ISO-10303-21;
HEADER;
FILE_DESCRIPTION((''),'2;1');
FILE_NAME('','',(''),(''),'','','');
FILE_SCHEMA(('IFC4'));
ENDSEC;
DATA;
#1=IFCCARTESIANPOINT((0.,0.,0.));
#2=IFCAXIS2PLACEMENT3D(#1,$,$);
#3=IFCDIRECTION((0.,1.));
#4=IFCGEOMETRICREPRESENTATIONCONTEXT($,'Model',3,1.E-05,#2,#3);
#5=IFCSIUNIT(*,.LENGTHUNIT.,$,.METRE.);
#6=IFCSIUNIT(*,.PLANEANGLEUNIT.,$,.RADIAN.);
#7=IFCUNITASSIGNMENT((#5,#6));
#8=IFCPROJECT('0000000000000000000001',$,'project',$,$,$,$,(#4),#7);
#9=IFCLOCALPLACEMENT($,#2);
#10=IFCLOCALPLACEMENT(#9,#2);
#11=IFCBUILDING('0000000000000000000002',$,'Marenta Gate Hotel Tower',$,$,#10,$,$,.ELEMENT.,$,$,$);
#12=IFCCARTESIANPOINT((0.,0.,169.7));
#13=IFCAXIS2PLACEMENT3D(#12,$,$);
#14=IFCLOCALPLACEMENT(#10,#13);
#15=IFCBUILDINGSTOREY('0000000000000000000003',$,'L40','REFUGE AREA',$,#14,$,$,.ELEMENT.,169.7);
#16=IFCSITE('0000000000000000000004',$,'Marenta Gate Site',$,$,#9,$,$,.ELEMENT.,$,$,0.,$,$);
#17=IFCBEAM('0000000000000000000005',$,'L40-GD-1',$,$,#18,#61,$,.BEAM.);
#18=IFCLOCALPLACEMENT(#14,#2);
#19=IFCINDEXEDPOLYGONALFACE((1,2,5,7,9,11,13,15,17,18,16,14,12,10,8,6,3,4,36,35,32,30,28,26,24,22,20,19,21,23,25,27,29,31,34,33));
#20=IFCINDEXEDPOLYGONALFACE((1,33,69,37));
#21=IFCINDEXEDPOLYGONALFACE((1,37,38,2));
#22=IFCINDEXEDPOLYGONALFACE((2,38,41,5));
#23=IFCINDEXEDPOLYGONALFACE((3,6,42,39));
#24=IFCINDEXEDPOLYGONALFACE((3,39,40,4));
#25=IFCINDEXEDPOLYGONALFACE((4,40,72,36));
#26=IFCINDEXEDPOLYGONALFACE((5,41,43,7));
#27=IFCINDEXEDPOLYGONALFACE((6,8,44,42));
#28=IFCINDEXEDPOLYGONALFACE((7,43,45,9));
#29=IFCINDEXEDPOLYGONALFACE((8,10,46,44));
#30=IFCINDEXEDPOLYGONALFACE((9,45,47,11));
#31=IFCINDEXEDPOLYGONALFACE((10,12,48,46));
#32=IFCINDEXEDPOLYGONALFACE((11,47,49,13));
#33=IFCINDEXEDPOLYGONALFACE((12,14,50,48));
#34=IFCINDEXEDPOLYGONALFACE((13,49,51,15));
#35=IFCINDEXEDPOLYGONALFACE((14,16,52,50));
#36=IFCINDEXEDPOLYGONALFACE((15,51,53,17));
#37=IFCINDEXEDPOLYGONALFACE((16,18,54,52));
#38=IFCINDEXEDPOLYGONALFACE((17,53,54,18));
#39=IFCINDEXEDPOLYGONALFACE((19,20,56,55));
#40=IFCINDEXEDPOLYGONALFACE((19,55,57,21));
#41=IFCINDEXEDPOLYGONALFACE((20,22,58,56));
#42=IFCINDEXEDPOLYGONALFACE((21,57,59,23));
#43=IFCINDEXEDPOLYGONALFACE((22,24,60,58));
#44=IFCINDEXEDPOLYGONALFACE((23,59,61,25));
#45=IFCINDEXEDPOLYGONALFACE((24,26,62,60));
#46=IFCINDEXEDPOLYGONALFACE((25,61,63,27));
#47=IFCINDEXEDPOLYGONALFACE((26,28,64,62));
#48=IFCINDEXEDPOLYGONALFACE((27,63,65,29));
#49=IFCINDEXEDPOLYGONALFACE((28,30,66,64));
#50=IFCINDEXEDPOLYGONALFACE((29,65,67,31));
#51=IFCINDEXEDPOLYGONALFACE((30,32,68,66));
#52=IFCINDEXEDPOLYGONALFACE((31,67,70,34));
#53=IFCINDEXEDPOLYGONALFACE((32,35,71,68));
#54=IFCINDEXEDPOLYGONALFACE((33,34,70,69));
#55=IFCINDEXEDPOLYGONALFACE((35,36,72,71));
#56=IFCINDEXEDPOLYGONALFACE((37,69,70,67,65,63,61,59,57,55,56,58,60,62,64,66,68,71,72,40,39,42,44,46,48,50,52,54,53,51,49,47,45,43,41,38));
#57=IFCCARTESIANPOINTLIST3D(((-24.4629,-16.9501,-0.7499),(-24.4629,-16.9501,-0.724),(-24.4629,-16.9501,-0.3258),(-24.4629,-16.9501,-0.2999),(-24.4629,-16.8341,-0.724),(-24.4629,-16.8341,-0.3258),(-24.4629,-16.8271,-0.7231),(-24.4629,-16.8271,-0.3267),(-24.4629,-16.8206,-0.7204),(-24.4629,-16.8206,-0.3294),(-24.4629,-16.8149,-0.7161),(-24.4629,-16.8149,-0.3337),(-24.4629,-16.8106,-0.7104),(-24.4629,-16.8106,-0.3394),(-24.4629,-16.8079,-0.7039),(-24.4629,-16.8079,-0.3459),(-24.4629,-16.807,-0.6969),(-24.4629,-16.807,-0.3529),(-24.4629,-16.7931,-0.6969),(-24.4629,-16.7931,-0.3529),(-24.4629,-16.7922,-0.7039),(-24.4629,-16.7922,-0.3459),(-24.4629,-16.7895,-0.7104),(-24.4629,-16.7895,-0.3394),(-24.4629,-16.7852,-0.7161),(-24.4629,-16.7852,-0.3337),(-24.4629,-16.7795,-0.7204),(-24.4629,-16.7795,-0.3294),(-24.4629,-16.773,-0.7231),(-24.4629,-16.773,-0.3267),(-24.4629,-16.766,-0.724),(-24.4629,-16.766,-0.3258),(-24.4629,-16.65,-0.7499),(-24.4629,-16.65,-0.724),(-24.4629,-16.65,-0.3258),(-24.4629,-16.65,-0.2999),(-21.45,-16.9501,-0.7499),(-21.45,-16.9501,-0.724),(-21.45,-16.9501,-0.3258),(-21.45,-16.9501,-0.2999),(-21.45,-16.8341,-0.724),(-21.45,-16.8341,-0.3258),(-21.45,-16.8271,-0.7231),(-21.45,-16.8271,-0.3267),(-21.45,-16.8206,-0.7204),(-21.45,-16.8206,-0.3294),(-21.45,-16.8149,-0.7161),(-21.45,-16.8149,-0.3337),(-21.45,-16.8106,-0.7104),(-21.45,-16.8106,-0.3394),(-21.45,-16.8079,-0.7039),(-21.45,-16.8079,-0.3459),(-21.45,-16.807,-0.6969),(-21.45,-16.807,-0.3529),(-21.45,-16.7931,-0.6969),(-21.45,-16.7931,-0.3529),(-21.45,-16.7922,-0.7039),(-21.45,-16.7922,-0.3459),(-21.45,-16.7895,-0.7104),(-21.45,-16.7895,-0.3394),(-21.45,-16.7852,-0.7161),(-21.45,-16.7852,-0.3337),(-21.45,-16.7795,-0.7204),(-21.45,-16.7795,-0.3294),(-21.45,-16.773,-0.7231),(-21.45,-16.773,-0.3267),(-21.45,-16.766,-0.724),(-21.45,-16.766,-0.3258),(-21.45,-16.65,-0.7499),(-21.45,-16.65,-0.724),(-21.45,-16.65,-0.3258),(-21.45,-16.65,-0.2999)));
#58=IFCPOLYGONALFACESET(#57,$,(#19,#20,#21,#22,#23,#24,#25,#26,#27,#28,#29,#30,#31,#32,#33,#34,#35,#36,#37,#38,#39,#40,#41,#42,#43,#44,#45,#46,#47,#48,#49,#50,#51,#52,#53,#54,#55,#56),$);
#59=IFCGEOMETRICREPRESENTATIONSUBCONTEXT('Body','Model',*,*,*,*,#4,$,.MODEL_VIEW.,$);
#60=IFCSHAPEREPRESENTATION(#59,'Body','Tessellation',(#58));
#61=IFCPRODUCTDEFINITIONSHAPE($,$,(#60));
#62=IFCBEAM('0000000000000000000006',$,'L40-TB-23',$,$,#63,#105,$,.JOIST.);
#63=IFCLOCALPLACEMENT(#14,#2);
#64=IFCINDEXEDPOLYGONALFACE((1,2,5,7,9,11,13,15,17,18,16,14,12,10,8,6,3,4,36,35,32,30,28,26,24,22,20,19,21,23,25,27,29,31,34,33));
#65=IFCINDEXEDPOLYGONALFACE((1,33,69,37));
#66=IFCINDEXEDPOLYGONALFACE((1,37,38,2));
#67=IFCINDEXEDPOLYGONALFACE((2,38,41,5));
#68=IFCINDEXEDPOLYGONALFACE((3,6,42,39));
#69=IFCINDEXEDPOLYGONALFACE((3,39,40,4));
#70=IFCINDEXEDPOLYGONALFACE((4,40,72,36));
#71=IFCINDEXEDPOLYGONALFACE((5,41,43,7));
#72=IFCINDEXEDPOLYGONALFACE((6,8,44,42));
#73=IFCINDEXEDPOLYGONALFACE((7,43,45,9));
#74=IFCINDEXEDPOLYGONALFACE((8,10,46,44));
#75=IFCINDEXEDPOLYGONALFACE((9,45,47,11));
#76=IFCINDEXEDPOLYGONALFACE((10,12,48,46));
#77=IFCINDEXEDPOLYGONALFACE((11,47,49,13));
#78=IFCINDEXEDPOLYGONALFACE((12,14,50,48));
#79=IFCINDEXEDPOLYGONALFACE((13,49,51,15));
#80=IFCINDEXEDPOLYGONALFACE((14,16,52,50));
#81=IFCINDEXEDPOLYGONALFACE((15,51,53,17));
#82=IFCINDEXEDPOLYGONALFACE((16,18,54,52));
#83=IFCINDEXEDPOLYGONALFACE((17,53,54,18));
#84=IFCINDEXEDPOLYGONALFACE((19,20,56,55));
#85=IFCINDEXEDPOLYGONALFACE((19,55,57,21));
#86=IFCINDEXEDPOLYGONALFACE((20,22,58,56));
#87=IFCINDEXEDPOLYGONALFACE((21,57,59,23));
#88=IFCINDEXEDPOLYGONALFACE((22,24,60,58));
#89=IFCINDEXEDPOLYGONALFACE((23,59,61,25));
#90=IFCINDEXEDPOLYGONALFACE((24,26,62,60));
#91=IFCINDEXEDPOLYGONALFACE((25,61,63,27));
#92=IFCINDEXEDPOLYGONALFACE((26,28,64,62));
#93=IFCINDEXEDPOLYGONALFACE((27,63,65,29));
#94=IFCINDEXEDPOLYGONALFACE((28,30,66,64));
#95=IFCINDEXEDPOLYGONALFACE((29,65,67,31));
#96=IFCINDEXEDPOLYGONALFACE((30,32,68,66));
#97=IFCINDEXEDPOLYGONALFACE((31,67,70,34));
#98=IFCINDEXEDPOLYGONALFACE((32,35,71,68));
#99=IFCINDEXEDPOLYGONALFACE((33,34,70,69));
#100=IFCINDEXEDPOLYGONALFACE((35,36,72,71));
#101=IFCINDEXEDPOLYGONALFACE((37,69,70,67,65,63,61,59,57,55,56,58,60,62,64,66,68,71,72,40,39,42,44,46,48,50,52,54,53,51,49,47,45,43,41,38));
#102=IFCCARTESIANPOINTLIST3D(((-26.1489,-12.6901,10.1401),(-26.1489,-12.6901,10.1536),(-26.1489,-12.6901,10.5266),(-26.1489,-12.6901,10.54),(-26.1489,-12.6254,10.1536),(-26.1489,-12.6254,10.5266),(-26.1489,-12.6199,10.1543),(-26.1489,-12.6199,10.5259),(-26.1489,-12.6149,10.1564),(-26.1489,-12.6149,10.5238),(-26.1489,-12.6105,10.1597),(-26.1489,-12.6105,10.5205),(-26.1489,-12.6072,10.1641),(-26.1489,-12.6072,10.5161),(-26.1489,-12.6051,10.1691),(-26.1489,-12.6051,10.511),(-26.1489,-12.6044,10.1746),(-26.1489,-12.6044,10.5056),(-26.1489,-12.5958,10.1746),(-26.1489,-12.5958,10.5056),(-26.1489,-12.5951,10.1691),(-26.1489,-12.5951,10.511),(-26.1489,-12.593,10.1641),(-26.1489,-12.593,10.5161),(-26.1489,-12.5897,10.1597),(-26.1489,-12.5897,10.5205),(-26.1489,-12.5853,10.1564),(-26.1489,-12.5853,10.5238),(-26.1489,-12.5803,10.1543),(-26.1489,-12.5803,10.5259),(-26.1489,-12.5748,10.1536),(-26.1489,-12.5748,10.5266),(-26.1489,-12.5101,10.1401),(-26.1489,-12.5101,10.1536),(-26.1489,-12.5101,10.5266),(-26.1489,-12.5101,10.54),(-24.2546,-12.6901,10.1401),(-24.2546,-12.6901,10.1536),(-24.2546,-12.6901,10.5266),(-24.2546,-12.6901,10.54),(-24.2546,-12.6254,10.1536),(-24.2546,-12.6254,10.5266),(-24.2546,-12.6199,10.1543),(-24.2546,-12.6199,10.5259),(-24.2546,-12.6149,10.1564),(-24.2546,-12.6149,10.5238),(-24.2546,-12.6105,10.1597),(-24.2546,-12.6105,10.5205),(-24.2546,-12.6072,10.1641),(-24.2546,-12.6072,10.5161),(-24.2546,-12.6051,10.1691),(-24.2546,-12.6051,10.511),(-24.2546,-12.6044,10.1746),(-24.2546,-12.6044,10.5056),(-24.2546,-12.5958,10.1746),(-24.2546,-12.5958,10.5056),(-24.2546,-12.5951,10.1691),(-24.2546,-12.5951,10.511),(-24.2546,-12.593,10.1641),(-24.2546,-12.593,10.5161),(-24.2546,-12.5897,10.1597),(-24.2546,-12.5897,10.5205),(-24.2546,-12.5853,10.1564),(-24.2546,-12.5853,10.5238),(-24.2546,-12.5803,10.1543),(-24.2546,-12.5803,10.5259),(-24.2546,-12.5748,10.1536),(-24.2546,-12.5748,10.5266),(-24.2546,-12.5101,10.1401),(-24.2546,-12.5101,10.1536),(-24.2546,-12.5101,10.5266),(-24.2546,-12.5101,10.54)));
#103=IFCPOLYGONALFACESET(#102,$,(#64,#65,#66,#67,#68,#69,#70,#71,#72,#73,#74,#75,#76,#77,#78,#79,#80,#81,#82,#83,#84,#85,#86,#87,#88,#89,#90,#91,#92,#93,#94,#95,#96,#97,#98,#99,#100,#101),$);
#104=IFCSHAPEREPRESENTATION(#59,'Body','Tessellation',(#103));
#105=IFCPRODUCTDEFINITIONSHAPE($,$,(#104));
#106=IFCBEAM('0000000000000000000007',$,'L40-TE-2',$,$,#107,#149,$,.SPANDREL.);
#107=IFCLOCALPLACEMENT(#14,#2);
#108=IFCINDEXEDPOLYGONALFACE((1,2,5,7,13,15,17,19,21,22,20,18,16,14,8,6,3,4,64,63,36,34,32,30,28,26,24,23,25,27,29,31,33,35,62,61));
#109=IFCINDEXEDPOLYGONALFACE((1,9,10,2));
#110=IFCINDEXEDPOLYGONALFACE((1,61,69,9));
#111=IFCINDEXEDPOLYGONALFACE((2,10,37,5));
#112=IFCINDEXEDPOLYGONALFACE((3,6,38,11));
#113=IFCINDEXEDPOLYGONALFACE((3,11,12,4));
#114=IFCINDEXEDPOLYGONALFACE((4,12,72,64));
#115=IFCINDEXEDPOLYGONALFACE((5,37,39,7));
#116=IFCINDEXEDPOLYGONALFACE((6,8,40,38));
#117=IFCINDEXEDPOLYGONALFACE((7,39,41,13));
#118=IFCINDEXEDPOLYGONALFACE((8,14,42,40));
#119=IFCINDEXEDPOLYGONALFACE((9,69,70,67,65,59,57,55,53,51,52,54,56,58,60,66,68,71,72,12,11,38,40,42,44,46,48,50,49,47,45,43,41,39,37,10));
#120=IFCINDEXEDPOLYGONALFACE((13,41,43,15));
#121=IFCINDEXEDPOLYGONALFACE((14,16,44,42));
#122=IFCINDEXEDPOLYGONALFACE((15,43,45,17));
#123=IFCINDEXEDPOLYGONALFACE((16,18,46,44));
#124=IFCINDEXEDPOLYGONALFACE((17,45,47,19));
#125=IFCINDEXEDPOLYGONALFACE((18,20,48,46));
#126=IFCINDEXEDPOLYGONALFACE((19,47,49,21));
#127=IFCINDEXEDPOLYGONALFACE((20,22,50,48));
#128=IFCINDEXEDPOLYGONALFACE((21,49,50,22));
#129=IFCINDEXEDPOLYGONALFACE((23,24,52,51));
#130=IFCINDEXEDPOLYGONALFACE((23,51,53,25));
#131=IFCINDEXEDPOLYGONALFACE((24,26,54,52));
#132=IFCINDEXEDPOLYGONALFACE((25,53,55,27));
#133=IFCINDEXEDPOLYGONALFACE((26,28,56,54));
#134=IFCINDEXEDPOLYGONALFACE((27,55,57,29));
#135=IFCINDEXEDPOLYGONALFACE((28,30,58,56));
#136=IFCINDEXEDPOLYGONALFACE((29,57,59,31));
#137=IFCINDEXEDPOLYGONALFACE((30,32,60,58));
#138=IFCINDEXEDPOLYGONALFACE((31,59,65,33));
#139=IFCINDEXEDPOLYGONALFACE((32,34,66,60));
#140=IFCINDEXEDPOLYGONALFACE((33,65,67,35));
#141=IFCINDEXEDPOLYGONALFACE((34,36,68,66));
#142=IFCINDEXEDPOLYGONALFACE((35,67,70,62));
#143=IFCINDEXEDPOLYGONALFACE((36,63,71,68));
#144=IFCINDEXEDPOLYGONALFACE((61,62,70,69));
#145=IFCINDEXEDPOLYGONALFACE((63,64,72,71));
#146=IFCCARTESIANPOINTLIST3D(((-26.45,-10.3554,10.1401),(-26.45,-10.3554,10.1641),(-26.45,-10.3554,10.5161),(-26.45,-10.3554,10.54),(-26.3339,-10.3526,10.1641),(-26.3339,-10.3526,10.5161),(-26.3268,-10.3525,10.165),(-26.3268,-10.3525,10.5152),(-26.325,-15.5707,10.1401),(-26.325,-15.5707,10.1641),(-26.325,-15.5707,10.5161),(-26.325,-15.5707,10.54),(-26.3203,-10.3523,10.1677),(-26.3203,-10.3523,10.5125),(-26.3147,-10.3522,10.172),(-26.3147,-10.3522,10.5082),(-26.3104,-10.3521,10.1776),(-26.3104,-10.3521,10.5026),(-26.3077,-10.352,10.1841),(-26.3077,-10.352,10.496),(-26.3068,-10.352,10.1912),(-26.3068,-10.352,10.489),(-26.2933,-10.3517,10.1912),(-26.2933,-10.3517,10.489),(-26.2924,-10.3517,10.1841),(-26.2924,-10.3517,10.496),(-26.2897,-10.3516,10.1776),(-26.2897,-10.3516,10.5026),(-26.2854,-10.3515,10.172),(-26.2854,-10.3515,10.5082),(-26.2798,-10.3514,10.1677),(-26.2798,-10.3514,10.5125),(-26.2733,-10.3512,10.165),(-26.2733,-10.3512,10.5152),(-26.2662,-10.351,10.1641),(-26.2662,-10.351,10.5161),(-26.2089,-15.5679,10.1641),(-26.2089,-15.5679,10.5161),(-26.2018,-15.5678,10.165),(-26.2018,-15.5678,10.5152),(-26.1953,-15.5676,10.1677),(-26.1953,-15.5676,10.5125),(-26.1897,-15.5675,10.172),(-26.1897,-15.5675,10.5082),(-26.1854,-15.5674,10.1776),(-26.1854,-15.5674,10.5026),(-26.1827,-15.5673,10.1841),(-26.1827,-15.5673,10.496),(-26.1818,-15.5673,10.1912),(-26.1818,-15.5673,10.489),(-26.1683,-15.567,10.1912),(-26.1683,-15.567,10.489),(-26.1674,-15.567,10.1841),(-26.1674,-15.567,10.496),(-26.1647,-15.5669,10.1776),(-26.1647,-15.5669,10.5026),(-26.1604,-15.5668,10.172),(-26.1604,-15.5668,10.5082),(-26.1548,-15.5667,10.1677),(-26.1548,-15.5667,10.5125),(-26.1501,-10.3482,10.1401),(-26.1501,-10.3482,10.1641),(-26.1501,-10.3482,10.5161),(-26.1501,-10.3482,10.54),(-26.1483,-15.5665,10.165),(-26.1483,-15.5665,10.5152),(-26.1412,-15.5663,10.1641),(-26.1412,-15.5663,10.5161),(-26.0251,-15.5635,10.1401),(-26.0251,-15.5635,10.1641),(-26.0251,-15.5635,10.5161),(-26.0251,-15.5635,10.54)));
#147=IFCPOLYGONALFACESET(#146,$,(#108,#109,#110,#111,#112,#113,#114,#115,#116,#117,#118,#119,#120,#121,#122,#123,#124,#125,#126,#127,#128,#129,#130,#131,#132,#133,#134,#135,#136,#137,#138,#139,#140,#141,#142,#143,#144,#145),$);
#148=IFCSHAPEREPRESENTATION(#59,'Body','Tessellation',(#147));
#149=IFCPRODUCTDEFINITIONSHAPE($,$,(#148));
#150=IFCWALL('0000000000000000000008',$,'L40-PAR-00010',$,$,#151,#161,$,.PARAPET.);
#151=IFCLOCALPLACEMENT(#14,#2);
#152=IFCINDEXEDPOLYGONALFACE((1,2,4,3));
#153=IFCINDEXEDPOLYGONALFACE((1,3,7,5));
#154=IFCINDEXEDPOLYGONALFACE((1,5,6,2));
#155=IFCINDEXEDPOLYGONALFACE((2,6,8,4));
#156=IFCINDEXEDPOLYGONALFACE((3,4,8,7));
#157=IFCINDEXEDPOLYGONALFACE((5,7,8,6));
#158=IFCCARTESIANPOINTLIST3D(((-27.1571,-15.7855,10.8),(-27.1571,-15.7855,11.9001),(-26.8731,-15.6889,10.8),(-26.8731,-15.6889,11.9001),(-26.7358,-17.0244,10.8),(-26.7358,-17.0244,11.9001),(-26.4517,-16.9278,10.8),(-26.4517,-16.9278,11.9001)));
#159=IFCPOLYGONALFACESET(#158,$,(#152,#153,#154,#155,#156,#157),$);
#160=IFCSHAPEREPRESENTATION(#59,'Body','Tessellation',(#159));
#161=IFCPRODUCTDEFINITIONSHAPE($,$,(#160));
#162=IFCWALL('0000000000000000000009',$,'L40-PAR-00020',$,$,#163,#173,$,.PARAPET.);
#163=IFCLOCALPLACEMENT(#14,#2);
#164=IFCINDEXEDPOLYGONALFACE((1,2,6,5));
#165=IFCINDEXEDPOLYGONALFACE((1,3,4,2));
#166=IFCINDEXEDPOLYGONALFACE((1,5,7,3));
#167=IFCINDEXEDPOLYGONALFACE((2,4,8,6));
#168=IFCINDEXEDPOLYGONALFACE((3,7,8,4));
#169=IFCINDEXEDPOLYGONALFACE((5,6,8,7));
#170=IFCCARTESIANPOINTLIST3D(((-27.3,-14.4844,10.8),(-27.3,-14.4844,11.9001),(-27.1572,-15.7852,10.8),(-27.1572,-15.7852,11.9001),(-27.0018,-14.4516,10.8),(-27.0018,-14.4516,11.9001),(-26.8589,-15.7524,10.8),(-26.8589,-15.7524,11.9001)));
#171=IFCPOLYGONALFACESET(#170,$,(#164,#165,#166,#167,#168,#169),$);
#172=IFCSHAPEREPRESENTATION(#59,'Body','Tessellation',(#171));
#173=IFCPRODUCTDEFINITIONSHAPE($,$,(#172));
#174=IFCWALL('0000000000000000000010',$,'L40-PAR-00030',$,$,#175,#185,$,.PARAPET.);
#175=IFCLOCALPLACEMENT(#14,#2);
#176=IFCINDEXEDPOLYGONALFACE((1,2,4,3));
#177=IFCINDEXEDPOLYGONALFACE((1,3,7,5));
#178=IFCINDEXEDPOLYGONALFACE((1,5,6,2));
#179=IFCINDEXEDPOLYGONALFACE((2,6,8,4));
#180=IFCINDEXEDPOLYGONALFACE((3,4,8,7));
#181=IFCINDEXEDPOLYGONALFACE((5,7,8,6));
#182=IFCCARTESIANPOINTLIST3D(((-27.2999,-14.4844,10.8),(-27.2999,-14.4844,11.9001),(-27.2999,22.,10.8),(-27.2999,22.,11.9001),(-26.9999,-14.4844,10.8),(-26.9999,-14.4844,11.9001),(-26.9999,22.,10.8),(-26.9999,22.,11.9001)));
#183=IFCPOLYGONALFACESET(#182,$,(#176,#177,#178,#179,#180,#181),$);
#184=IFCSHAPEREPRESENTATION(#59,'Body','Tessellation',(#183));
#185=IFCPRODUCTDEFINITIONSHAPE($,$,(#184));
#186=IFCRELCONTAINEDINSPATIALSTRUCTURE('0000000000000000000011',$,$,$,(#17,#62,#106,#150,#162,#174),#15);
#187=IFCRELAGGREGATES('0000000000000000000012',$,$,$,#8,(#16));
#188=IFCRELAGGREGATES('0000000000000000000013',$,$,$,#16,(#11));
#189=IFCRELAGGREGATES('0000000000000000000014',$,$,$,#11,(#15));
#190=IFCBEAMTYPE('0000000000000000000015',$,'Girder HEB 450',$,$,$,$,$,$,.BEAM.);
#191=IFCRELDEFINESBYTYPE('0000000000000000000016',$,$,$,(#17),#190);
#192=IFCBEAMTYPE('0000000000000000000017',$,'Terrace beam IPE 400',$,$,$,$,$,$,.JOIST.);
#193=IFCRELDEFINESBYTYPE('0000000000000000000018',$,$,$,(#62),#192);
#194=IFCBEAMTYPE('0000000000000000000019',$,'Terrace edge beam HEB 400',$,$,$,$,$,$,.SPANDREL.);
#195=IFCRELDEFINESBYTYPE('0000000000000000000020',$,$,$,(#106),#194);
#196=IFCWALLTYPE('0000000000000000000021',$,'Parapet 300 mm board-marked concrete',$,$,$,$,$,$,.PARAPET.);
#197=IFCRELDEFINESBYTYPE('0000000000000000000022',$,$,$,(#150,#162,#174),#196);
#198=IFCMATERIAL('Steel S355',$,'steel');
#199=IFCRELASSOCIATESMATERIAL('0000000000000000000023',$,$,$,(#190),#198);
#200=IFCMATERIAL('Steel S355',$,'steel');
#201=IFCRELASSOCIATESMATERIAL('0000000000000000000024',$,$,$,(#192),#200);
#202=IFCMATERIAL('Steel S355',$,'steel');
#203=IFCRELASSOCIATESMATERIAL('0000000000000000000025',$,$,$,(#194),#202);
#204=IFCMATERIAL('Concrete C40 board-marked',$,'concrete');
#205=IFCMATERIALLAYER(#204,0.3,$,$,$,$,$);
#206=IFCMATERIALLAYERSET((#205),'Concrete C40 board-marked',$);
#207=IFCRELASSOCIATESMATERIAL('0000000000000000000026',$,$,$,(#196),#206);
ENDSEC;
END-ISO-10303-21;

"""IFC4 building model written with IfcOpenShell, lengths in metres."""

from ifc_helpers import new_model, si_unit, direction, frame, frame_2d, origin, origin_2d, place, context, subcontext, project, spatial, rectangle, i_section, extrude, material, layer, layer_set, material_profile, profile_set, type_object, element, save


model = new_model("IFC4")

# Units and contexts
model_context = context("Model", 3, precision=1e-05, world=origin(), true_north=direction((0.0, 1.0)))
body_context = subcontext(model_context, "Body", "Model", "MODEL_VIEW")
ifc_project = project(units=[si_unit("LENGTHUNIT", "METRE"), si_unit("PLANEANGLEUNIT", "RADIAN")], contexts=[model_context])

# Site, building, storey
site_placement = place(None, origin())
site = spatial("IfcSite", under=ifc_project, at=site_placement, Name="Marenta Gate Site", CompositionType="ELEMENT", RefElevation=0.0)
building_placement = place(site_placement, origin())
building = spatial("IfcBuilding", under=site, at=building_placement, Name="Marenta Gate Hotel Tower", CompositionType="ELEMENT")
storey_placement = place(building_placement, frame((0.0, 0.0, 169.7)))
storey = spatial("IfcBuildingStorey", under=building, at=storey_placement, Name="L40", Description="REFUGE AREA", CompositionType="ELEMENT", Elevation=169.7)

# Beams
ifc_material_1 = material(Name="Steel S355", Category="steel")
ifc_material_profile_1 = material_profile(ifc_material_1, i_section(OverallWidth=0.3, OverallDepth=0.45, WebThickness=0.0139, FlangeThickness=0.0259, FilletRadius=0.0271, at=origin_2d()), Name="HEB 450")
ifc_profile_set_1 = profile_set([ifc_material_profile_1], Name="Steel S355")
beam_type_1 = type_object("IfcBeamType", Name="Girder HEB 450", PredefinedType="BEAM", material=ifc_profile_set_1)
beam_1_placement = place(storey_placement, frame((-24.4629, -16.8, -0.5249), z_axis=(1.0, 0.0, 0.0), x_axis=(0.0, 1.0, 0.0)))
element("IfcBeam", 1, at=beam_1_placement, inside=storey, type_object=beam_type_1, Name="L40-GD-1", PredefinedType="BEAM", context=body_context, shape_type="SweptSolid", body=[
    extrude(i_section(OverallWidth=0.3, OverallDepth=0.45, WebThickness=0.0139, FlangeThickness=0.0259, FilletRadius=0.0271, at=origin_2d()), origin(), (0.0, 0.0, 1.0), 3.0129),
])
ifc_material_2 = material(Name="Steel S355", Category="steel")
ifc_material_profile_2 = material_profile(ifc_material_2, i_section(OverallWidth=0.1799, OverallDepth=0.3999, WebThickness=0.0085, FlangeThickness=0.0134, FilletRadius=0.021, at=origin_2d()), Name="IPE 400")
ifc_profile_set_2 = profile_set([ifc_material_profile_2], Name="Steel S355")
beam_type_2 = type_object("IfcBeamType", Name="Terrace beam IPE 400", PredefinedType="JOIST", material=ifc_profile_set_2)
beam_2_placement = place(storey_placement, frame((-26.1489, -12.6001, 10.3401), z_axis=(1.0, 0.0, 0.0), x_axis=(0.0, 1.0, 0.0)))
element("IfcBeam", 2, at=beam_2_placement, inside=storey, type_object=beam_type_2, Name="L40-TB-23", PredefinedType="JOIST", context=body_context, shape_type="SweptSolid", body=[
    extrude(i_section(OverallWidth=0.1799, OverallDepth=0.3999, WebThickness=0.0085, FlangeThickness=0.0134, FilletRadius=0.021, at=origin_2d()), origin(), (0.0, 0.0, 1.0), 1.8943),
])
ifc_material_3 = material(Name="Steel S355", Category="steel")
ifc_material_profile_3 = material_profile(ifc_material_3, i_section(OverallWidth=0.3, OverallDepth=0.3999, WebThickness=0.0134, FlangeThickness=0.0239, FilletRadius=0.0271, at=origin_2d()), Name="HEB 400")
ifc_profile_set_3 = profile_set([ifc_material_profile_3], Name="Steel S355")
beam_type_3 = type_object("IfcBeamType", Name="Terrace edge beam HEB 400", PredefinedType="SPANDREL", material=ifc_profile_set_3)
beam_3_placement = place(storey_placement, frame((-26.175, -15.5671, 10.3401), z_axis=(-0.023961, 0.999713, 0.0), x_axis=(-0.999713, -0.023961, 0.0)))
element("IfcBeam", 3, at=beam_3_placement, inside=storey, type_object=beam_type_3, Name="L40-TE-2", PredefinedType="SPANDREL", context=body_context, shape_type="SweptSolid", body=[
    extrude(i_section(OverallWidth=0.3, OverallDepth=0.3999, WebThickness=0.0134, FlangeThickness=0.0239, FilletRadius=0.0271, at=origin_2d()), origin(), (0.0, 0.0, 1.0), 5.2168),
])

# Walls
ifc_material_4 = material(Name="Concrete C40 board-marked", Category="concrete")
ifc_layer_1 = layer(ifc_material_4, 0.3)
ifc_layer_set_1 = layer_set([ifc_layer_1], Name="Concrete C40 board-marked")
wall_type = type_object("IfcWallType", Name="Parapet 300 mm board-marked concrete", PredefinedType="PARAPET", material=ifc_layer_set_1)
for number, where, z_axis, x_axis, name in (
    (4, (-26.5938, -16.9761, 10.8), (0.0, 0.0, 1.0), (-0.321986, 0.946744, 0.0), "L40-PAR-00010"),
    (5, (-27.0081, -15.7688, 10.8), (0.0, 0.0, 1.0), (-0.109141, 0.994026, 0.0), "L40-PAR-00020"),
):
    element("IfcWall", number, at=place(storey_placement, frame(where, z_axis=z_axis, x_axis=x_axis)), inside=storey, type_object=wall_type, Name=name, PredefinedType="PARAPET", context=body_context, shape_type="SweptSolid", body=[
        extrude(rectangle(XDim=1.3086, YDim=0.3, at=frame_2d((0.6543, 0.0))), origin(), (0.0, 0.0, 1.0), 1.1001),
    ])
wall_placement = place(storey_placement, frame((-27.1499, -14.4844, 10.8), z_axis=(0.0, 0.0, 1.0), x_axis=(0.0, 1.0, 0.0)))
element("IfcWall", 6, at=wall_placement, inside=storey, type_object=wall_type, Name="L40-PAR-00030", PredefinedType="PARAPET", context=body_context, shape_type="SweptSolid", body=[
    extrude(rectangle(XDim=36.4844, YDim=0.3, at=frame_2d((18.2422, 0.0))), origin(), (0.0, 0.0, 1.0), 1.1001),
])

save(model, "model.ifc")
